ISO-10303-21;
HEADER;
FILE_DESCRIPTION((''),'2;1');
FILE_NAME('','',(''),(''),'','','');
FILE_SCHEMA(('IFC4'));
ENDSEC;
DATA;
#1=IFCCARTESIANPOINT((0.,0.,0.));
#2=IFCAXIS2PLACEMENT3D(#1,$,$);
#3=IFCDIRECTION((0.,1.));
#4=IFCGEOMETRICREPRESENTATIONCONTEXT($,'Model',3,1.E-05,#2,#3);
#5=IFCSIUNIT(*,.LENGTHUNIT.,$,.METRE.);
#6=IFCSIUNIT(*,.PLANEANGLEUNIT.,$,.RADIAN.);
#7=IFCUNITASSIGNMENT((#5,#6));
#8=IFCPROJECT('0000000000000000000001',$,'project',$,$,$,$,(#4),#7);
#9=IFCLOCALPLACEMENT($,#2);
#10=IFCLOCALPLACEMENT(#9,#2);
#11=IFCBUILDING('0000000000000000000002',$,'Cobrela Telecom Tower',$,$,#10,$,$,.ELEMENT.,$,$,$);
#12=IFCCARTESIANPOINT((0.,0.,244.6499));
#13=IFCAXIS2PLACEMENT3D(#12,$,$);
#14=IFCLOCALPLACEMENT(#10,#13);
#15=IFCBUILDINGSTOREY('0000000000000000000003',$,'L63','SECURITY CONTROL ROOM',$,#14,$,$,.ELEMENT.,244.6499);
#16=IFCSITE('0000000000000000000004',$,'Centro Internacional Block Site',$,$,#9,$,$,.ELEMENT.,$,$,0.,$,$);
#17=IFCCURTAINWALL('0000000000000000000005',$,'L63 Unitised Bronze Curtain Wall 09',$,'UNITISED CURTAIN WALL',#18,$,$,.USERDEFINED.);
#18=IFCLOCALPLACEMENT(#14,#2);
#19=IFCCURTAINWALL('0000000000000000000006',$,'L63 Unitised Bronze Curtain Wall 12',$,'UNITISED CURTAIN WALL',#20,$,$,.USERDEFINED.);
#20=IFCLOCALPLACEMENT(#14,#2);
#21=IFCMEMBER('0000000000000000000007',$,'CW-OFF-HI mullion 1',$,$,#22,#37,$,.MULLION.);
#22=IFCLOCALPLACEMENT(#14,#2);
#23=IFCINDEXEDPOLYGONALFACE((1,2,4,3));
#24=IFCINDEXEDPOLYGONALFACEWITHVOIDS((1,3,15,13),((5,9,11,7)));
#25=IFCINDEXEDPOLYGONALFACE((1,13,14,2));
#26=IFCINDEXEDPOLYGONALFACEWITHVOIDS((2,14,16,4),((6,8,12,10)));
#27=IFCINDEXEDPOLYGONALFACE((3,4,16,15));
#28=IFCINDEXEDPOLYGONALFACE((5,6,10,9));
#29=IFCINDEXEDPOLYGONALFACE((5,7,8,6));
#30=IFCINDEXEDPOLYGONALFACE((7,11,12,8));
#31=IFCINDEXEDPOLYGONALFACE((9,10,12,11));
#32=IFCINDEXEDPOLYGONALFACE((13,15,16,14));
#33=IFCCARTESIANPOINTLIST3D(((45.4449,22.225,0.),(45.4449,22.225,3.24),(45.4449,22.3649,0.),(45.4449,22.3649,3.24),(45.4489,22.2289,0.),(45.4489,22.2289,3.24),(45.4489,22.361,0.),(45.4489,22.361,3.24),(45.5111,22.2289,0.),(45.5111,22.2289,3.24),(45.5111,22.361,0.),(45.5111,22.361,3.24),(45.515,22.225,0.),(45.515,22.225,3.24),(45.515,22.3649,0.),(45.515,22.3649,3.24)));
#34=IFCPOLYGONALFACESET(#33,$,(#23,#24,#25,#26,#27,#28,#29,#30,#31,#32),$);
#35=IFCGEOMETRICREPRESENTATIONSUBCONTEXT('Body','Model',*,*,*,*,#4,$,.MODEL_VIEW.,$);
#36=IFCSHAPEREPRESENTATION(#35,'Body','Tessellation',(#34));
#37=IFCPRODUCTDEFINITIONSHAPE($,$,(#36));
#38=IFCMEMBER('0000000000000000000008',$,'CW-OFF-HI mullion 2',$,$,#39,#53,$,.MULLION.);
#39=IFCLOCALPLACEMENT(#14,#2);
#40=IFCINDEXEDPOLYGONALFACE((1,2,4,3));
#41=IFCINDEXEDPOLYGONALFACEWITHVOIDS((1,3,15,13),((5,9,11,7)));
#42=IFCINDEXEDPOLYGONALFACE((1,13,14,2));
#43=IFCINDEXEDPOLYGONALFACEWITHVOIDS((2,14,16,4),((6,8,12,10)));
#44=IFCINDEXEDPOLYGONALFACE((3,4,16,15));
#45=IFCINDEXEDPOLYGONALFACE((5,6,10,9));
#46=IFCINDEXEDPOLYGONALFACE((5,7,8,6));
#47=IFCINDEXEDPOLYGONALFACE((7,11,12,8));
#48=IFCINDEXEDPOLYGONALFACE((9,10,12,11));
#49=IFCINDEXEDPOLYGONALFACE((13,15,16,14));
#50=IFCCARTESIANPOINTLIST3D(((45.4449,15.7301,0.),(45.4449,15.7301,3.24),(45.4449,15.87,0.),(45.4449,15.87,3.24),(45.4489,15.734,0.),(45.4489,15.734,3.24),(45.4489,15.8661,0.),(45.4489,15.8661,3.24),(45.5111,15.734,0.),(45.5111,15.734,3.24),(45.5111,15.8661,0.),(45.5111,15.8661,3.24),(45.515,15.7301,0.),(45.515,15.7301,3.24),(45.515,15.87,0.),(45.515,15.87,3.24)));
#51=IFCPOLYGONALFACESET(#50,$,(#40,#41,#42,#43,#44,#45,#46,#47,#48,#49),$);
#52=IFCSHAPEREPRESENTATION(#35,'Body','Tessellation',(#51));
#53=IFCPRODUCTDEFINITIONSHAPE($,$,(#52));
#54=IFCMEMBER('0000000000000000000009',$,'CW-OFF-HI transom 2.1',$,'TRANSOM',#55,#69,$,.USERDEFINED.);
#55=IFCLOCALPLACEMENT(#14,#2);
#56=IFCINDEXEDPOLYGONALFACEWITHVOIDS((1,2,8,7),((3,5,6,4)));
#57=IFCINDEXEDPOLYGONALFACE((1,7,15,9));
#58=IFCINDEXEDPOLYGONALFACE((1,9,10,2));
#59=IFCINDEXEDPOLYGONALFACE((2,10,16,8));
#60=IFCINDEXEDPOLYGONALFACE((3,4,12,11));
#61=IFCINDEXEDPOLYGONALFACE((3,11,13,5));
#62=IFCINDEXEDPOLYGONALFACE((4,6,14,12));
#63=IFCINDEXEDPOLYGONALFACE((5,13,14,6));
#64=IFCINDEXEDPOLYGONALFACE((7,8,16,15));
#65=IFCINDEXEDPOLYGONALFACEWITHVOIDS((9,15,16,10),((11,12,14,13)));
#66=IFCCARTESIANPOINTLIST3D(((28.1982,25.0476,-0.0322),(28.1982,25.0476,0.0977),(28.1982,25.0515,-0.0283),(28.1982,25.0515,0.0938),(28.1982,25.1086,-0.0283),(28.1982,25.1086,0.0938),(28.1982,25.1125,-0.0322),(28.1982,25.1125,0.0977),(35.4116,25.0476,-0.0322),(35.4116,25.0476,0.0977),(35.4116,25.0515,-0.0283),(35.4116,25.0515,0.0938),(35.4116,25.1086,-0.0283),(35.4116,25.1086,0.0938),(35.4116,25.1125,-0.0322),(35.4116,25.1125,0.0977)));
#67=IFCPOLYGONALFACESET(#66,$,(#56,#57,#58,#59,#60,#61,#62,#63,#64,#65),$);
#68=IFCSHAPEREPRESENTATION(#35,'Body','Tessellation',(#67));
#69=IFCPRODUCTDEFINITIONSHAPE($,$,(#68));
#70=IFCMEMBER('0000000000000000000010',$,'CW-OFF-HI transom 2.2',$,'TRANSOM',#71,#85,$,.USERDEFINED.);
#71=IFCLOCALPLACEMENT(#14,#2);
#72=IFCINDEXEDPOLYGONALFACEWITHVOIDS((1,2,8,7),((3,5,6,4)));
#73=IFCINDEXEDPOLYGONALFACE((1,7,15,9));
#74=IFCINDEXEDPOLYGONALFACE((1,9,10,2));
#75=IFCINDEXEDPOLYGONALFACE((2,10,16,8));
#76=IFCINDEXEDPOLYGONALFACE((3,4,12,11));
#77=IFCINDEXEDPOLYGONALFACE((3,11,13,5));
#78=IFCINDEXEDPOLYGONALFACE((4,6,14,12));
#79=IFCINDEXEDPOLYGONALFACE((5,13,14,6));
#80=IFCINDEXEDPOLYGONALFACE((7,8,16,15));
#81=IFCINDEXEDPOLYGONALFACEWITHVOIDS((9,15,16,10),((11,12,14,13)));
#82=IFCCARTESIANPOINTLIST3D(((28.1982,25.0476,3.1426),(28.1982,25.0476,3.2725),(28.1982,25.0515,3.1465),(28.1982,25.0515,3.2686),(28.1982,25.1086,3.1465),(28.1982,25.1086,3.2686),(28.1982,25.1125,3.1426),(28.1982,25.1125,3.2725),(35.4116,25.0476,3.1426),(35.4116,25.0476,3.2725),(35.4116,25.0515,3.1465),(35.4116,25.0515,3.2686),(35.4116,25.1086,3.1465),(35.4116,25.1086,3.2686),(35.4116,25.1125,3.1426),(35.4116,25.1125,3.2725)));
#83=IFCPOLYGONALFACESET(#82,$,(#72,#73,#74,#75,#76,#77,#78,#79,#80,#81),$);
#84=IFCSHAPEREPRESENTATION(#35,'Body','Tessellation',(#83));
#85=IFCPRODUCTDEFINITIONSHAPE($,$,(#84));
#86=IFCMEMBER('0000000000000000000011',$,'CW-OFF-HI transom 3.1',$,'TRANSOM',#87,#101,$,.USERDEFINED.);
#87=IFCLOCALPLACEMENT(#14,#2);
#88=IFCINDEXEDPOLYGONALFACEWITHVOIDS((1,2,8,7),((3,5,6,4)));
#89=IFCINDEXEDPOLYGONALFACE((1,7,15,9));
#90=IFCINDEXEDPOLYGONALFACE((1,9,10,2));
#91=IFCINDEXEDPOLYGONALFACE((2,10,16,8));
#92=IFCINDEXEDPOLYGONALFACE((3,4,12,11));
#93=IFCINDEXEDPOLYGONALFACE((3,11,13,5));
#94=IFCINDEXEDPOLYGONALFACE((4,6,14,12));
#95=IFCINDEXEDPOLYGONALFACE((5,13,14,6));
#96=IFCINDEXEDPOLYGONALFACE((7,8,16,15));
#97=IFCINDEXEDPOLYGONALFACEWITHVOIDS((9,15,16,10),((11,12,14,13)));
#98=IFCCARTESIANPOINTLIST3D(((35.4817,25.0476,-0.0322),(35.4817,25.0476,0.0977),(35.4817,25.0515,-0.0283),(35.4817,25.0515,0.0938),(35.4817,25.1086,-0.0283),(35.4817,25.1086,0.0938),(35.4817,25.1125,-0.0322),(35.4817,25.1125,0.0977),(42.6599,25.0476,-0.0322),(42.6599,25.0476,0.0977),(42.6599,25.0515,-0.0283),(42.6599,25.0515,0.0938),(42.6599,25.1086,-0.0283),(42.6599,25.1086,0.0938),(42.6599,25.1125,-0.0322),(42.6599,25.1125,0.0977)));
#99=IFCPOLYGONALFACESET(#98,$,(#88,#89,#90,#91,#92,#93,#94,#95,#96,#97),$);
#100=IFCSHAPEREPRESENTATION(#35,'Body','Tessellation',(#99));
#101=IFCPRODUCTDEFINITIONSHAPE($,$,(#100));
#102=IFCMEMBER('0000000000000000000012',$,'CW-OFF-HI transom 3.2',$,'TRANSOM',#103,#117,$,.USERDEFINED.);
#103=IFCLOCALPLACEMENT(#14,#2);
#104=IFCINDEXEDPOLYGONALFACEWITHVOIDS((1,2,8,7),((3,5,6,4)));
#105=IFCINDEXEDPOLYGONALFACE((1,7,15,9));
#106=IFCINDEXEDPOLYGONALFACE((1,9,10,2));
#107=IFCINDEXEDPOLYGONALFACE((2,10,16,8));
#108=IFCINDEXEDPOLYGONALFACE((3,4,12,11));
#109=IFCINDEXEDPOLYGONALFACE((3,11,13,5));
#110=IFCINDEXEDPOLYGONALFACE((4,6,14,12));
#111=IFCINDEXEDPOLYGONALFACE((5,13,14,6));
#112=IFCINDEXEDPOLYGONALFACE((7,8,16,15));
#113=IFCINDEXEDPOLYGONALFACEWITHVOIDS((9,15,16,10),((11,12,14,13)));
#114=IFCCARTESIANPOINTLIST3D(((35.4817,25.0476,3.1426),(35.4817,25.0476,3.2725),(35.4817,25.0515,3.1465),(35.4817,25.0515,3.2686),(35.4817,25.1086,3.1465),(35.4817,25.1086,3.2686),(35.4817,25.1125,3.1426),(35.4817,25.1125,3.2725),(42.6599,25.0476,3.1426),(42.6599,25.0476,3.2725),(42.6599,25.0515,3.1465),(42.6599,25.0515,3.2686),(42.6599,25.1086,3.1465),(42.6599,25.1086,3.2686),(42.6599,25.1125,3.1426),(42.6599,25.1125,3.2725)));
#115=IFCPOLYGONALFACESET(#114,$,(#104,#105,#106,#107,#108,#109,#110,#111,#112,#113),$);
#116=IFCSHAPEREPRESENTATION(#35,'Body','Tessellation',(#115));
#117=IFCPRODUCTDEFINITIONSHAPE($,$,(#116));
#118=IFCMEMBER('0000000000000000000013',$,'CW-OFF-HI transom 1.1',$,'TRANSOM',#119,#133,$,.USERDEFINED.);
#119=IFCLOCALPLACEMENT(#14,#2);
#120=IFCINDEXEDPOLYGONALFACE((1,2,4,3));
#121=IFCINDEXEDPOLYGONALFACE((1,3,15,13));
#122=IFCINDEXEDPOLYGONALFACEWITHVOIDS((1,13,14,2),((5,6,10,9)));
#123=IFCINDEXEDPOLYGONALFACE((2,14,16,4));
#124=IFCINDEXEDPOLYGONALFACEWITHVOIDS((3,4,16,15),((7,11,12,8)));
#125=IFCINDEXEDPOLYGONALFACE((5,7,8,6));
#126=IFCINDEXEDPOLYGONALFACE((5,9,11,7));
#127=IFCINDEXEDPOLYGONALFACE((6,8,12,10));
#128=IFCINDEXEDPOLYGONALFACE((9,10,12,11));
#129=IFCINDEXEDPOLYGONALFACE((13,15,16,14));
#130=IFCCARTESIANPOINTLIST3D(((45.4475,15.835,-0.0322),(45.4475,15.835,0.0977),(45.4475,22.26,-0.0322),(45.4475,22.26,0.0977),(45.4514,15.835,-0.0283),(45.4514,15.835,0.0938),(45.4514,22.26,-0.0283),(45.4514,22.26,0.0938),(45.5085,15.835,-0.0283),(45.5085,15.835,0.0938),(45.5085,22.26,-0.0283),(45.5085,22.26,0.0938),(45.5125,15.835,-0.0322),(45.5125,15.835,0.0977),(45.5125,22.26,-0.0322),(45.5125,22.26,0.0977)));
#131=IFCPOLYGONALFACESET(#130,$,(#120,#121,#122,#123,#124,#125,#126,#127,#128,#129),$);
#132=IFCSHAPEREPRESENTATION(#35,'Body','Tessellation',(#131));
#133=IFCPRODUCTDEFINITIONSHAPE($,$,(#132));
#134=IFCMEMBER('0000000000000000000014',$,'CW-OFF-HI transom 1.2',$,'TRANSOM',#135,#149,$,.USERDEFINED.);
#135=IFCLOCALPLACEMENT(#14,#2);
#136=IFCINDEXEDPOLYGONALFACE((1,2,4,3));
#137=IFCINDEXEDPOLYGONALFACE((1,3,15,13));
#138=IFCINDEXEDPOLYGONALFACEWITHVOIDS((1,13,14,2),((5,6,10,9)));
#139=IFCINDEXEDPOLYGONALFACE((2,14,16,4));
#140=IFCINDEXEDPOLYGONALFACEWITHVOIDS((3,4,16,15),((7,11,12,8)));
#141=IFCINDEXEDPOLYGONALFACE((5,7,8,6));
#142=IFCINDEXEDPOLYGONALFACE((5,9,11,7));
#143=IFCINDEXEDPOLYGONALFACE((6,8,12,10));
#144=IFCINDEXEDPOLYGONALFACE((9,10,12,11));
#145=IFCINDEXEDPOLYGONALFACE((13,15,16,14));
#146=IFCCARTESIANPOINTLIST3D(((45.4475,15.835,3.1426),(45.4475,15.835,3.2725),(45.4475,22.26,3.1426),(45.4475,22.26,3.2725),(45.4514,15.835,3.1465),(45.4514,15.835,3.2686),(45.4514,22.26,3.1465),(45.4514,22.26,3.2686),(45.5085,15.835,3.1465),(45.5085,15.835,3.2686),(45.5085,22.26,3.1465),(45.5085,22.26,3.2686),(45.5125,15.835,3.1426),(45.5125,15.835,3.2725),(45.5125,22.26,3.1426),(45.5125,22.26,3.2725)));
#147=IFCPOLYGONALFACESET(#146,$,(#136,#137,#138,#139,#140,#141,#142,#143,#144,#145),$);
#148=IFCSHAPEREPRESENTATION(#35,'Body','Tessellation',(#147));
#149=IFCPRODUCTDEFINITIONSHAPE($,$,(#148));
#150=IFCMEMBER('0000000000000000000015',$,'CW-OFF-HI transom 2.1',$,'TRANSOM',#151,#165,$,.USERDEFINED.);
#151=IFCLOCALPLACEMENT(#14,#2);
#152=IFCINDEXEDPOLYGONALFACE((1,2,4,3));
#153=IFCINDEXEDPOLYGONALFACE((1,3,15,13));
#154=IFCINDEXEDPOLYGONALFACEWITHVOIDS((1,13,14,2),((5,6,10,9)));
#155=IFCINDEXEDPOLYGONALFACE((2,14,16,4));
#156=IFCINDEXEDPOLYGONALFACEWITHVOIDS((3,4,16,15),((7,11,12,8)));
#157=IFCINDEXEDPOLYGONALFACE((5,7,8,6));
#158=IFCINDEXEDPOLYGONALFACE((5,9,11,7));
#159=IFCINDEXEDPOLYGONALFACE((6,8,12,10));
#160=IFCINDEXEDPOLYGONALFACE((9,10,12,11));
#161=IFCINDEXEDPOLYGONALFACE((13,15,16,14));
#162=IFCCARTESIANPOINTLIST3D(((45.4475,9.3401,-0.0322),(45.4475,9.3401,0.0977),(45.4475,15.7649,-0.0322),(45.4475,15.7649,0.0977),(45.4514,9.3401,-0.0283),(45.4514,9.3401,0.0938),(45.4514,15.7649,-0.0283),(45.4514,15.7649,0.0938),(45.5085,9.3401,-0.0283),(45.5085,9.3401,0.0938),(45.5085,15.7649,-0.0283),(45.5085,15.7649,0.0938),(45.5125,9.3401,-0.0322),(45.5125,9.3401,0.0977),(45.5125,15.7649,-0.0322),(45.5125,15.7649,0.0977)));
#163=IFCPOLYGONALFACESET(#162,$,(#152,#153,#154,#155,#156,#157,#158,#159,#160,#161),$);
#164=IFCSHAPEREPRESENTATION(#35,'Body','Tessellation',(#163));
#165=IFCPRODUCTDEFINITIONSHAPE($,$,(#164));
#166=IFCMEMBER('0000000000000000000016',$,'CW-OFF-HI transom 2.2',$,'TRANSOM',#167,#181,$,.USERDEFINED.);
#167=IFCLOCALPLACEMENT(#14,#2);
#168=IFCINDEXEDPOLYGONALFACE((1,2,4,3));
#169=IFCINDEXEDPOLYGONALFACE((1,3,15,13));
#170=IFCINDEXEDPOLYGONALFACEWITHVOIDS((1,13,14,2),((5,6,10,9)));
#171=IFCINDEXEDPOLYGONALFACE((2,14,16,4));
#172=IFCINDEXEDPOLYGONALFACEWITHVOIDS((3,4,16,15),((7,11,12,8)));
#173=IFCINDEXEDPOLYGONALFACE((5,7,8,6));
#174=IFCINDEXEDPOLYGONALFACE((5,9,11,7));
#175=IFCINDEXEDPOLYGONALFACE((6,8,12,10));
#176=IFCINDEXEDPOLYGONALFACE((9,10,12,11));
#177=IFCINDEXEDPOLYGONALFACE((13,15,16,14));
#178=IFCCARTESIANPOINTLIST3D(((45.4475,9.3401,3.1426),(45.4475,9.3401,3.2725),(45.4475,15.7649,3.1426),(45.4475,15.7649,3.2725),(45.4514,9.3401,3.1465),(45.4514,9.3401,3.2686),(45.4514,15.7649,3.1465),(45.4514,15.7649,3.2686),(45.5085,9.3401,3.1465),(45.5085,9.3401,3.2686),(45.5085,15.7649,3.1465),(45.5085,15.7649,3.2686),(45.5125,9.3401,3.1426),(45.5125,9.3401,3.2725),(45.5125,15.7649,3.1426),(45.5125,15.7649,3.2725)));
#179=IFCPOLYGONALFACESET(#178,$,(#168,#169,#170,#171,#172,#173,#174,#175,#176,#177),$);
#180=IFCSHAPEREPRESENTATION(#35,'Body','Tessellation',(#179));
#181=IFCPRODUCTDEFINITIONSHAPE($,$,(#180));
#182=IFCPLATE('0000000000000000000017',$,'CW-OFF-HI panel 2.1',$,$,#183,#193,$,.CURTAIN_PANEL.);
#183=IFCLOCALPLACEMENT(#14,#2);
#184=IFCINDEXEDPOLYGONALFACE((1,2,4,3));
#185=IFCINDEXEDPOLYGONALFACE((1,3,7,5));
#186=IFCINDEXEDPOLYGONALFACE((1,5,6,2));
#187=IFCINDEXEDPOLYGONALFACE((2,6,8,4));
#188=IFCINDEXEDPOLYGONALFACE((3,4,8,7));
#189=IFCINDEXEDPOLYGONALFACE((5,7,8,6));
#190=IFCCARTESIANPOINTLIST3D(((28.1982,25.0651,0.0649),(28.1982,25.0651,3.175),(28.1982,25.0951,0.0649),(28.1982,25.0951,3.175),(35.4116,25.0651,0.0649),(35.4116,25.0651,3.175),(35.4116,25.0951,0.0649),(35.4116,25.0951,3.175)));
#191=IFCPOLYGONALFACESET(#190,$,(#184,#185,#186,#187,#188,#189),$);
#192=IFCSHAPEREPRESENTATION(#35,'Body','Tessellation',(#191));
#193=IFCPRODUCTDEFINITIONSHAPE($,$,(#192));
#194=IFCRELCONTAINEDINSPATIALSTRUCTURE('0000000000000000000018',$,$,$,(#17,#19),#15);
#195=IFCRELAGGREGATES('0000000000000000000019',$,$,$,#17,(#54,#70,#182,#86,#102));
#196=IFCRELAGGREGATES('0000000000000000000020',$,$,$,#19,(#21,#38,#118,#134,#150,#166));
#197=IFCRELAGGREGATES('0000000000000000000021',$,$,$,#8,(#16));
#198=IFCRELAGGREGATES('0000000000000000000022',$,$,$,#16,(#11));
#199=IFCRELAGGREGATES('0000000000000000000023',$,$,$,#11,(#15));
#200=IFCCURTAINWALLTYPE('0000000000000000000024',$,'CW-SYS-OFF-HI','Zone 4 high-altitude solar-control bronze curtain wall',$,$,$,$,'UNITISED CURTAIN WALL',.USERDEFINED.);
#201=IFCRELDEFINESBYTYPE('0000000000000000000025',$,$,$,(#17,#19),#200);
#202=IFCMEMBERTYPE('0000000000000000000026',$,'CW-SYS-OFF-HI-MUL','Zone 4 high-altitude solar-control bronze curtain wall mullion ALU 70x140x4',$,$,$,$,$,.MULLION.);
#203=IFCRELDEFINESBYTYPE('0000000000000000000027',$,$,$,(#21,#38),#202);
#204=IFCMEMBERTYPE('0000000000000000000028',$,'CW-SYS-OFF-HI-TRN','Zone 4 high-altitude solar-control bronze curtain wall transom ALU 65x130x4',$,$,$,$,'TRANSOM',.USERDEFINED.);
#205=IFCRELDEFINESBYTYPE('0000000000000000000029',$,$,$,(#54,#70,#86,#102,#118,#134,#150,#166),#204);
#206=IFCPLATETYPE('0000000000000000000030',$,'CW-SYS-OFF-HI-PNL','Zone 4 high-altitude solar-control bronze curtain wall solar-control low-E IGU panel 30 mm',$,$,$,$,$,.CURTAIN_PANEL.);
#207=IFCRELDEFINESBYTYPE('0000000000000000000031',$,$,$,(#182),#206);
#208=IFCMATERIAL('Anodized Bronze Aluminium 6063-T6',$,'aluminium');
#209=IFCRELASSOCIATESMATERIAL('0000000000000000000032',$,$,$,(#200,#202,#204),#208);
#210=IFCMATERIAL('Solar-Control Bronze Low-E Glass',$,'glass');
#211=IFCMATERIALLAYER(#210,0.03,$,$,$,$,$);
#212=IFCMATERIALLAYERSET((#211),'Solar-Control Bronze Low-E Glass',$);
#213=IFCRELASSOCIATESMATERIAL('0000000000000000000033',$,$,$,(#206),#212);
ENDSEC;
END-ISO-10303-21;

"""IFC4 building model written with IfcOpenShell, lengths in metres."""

from ifc_helpers import new_model, si_unit, direction, frame, origin, origin_2d, place, context, subcontext, project, spatial, rectangle, hollow_rectangle, extrude, material, layer, layer_set, material_profile, profile_set, type_object, element, aggregate, save


model = new_model("IFC4")

# Units and contexts
model_context = context("Model", 3, precision=1e-05, world=origin(), true_north=direction((0.0, 1.0)))
body_context = subcontext(model_context, "Body", "Model", "MODEL_VIEW")
ifc_project = project(units=[si_unit("LENGTHUNIT", "METRE"), si_unit("PLANEANGLEUNIT", "RADIAN")], contexts=[model_context])

# Site, building, storey
site_placement = place(None, origin())
site = spatial("IfcSite", under=ifc_project, at=site_placement, Name="Centro Internacional Block Site", CompositionType="ELEMENT", RefElevation=0.0)
building_placement = place(site_placement, origin())
building = spatial("IfcBuilding", under=site, at=building_placement, Name="Cobrela Telecom Tower", CompositionType="ELEMENT")
storey_placement = place(building_placement, frame((0.0, 0.0, 244.6499)))
storey = spatial("IfcBuildingStorey", under=building, at=storey_placement, Name="L63", Description="SECURITY CONTROL ROOM", CompositionType="ELEMENT", Elevation=244.6499)

# Curtain walls, members
ifc_material_1 = material(Name="Anodized Bronze Aluminium 6063-T6", Category="aluminium")
curtain_wall_type = type_object("IfcCurtainWallType", Name="CW-SYS-OFF-HI", Description="Zone 4 high-altitude solar-control bronze curtain wall", ElementType="UNITISED CURTAIN WALL", PredefinedType="USERDEFINED", material=ifc_material_1)
curtain_wall_1_placement = place(storey_placement, origin())
curtain_wall_1 = element("IfcCurtainWall", 1, at=curtain_wall_1_placement, inside=storey, type_object=curtain_wall_type, Name="L63 Unitised Bronze Curtain Wall 09", ObjectType="UNITISED CURTAIN WALL", PredefinedType="USERDEFINED")
ifc_material_profile_1 = material_profile(ifc_material_1, hollow_rectangle(XDim=0.0701, YDim=0.1399, WallThickness=0.0039, at=origin_2d()), Name="ALU 70x140x4")
ifc_profile_set_1 = profile_set([ifc_material_profile_1], Name="Anodized Bronze Aluminium 6063-T6")
member_type_1 = type_object("IfcMemberType", Name="CW-SYS-OFF-HI-MUL", Description="Zone 4 high-altitude solar-control bronze curtain wall mullion ALU 70x140x4", PredefinedType="MULLION", material=ifc_profile_set_1)
curtain_wall_2_placement = place(storey_placement, origin())
curtain_wall_2 = element("IfcCurtainWall", 2, at=curtain_wall_2_placement, inside=storey, type_object=curtain_wall_type, Name="L63 Unitised Bronze Curtain Wall 12", ObjectType="UNITISED CURTAIN WALL", PredefinedType="USERDEFINED")
member_1_placement = place(storey_placement, frame((45.48, 22.2949, 0.0), z_axis=(0.0, 0.0, 1.0), x_axis=(1.0, 0.0, 0.0)))
member_1 = element("IfcMember", 3, at=member_1_placement, type_object=member_type_1, Name="CW-OFF-HI mullion 1", PredefinedType="MULLION", context=body_context, shape_type="SweptSolid", body=[
    extrude(hollow_rectangle(XDim=0.0701, YDim=0.1399, WallThickness=0.0039, at=origin_2d()), origin(), (0.0, 0.0, 1.0), 3.24),
])
member_2_placement = place(storey_placement, frame((45.48, 15.8, 0.0), z_axis=(0.0, 0.0, 1.0), x_axis=(1.0, 0.0, 0.0)))
member_2 = element("IfcMember", 4, at=member_2_placement, type_object=member_type_1, Name="CW-OFF-HI mullion 2", PredefinedType="MULLION", context=body_context, shape_type="SweptSolid", body=[
    extrude(hollow_rectangle(XDim=0.0701, YDim=0.1399, WallThickness=0.0039, at=origin_2d()), origin(), (0.0, 0.0, 1.0), 3.24),
])

# Members
ifc_material_profile_2 = material_profile(ifc_material_1, hollow_rectangle(XDim=0.0649, YDim=0.1299, WallThickness=0.0039, at=origin_2d()), Name="ALU 65x130x4")
ifc_profile_set_2 = profile_set([ifc_material_profile_2], Name="Anodized Bronze Aluminium 6063-T6")
member_type_2 = type_object("IfcMemberType", Name="CW-SYS-OFF-HI-TRN", Description="Zone 4 high-altitude solar-control bronze curtain wall transom ALU 65x130x4", ElementType="TRANSOM", PredefinedType="USERDEFINED", material=ifc_profile_set_2)
member_3_placement = place(storey_placement, frame((28.1982, 25.0801, 0.0327), z_axis=(1.0, 0.0, 0.0), x_axis=(0.0, 1.0, 0.0)))
member_3 = element("IfcMember", 5, at=member_3_placement, type_object=member_type_2, Name="CW-OFF-HI transom 2.1", ObjectType="TRANSOM", PredefinedType="USERDEFINED", context=body_context, shape_type="SweptSolid", body=[
    extrude(hollow_rectangle(XDim=0.0649, YDim=0.1299, WallThickness=0.0039, at=origin_2d()), origin(), (0.0, 0.0, 1.0), 7.2134),
])
member_4_placement = place(storey_placement, frame((28.1982, 25.0801, 3.2075), z_axis=(1.0, 0.0, 0.0), x_axis=(0.0, 1.0, 0.0)))
member_4 = element("IfcMember", 6, at=member_4_placement, type_object=member_type_2, Name="CW-OFF-HI transom 2.2", ObjectType="TRANSOM", PredefinedType="USERDEFINED", context=body_context, shape_type="SweptSolid", body=[
    extrude(hollow_rectangle(XDim=0.0649, YDim=0.1299, WallThickness=0.0039, at=origin_2d()), origin(), (0.0, 0.0, 1.0), 7.2134),
])
member_5_placement = place(storey_placement, frame((35.4817, 25.0801, 0.0327), z_axis=(1.0, 0.0, 0.0), x_axis=(0.0, 1.0, 0.0)))
member_5 = element("IfcMember", 7, at=member_5_placement, type_object=member_type_2, Name="CW-OFF-HI transom 3.1", ObjectType="TRANSOM", PredefinedType="USERDEFINED", context=body_context, shape_type="SweptSolid", body=[
    extrude(hollow_rectangle(XDim=0.0649, YDim=0.1299, WallThickness=0.0039, at=origin_2d()), origin(), (0.0, 0.0, 1.0), 7.1782),
])
member_6_placement = place(storey_placement, frame((35.4817, 25.0801, 3.2075), z_axis=(1.0, 0.0, 0.0), x_axis=(0.0, 1.0, 0.0)))
member_6 = element("IfcMember", 8, at=member_6_placement, type_object=member_type_2, Name="CW-OFF-HI transom 3.2", ObjectType="TRANSOM", PredefinedType="USERDEFINED", context=body_context, shape_type="SweptSolid", body=[
    extrude(hollow_rectangle(XDim=0.0649, YDim=0.1299, WallThickness=0.0039, at=origin_2d()), origin(), (0.0, 0.0, 1.0), 7.1782),
])
member_7_placement = place(storey_placement, frame((45.48, 22.26, 0.0327), z_axis=(0.0, -1.0, 0.0), x_axis=(1.0, 0.0, 0.0)))
member_7 = element("IfcMember", 9, at=member_7_placement, type_object=member_type_2, Name="CW-OFF-HI transom 1.1", ObjectType="TRANSOM", PredefinedType="USERDEFINED", context=body_context, shape_type="SweptSolid", body=[
    extrude(hollow_rectangle(XDim=0.0649, YDim=0.1299, WallThickness=0.0039, at=origin_2d()), origin(), (0.0, 0.0, 1.0), 6.425),
])
member_8_placement = place(storey_placement, frame((45.48, 22.26, 3.2075), z_axis=(0.0, -1.0, 0.0), x_axis=(1.0, 0.0, 0.0)))
member_8 = element("IfcMember", 10, at=member_8_placement, type_object=member_type_2, Name="CW-OFF-HI transom 1.2", ObjectType="TRANSOM", PredefinedType="USERDEFINED", context=body_context, shape_type="SweptSolid", body=[
    extrude(hollow_rectangle(XDim=0.0649, YDim=0.1299, WallThickness=0.0039, at=origin_2d()), origin(), (0.0, 0.0, 1.0), 6.425),
])
member_9_placement = place(storey_placement, frame((45.48, 15.7649, 0.0327), z_axis=(0.0, -1.0, 0.0), x_axis=(1.0, 0.0, 0.0)))
member_9 = element("IfcMember", 11, at=member_9_placement, type_object=member_type_2, Name="CW-OFF-HI transom 2.1", ObjectType="TRANSOM", PredefinedType="USERDEFINED", context=body_context, shape_type="SweptSolid", body=[
    extrude(hollow_rectangle(XDim=0.0649, YDim=0.1299, WallThickness=0.0039, at=origin_2d()), origin(), (0.0, 0.0, 1.0), 6.4248),
])
member_10_placement = place(storey_placement, frame((45.48, 15.7649, 3.2075), z_axis=(0.0, -1.0, 0.0), x_axis=(1.0, 0.0, 0.0)))
member_10 = element("IfcMember", 12, at=member_10_placement, type_object=member_type_2, Name="CW-OFF-HI transom 2.2", ObjectType="TRANSOM", PredefinedType="USERDEFINED", context=body_context, shape_type="SweptSolid", body=[
    extrude(hollow_rectangle(XDim=0.0649, YDim=0.1299, WallThickness=0.0039, at=origin_2d()), origin(), (0.0, 0.0, 1.0), 6.4248),
])

# Plate
ifc_material_2 = material(Name="Solar-Control Bronze Low-E Glass", Category="glass")
ifc_layer_1 = layer(ifc_material_2, 0.03)
ifc_layer_set_1 = layer_set([ifc_layer_1], Name="Solar-Control Bronze Low-E Glass")
plate_type = type_object("IfcPlateType", Name="CW-SYS-OFF-HI-PNL", Description="Zone 4 high-altitude solar-control bronze curtain wall solar-control low-E IGU panel 30 mm", PredefinedType="CURTAIN_PANEL", material=ifc_layer_set_1)
plate_1_placement = place(storey_placement, frame((31.8049, 25.0801, 0.0649), z_axis=(0.0, 0.0, 1.0), x_axis=(1.0, 0.0, 0.0)))
plate_1 = element("IfcPlate", 13, at=plate_1_placement, type_object=plate_type, Name="CW-OFF-HI panel 2.1", PredefinedType="CURTAIN_PANEL", context=body_context, shape_type="SweptSolid", body=[
    extrude(rectangle(XDim=7.2134, YDim=0.03, at=origin_2d()), origin(), (0.0, 0.0, 1.0), 3.1101),
])
aggregate(curtain_wall_1, [member_3, member_4, plate_1, member_5, member_6])
aggregate(curtain_wall_2, [member_1, member_2, member_7, member_8, member_9, member_10])

save(model, "model.ifc")
